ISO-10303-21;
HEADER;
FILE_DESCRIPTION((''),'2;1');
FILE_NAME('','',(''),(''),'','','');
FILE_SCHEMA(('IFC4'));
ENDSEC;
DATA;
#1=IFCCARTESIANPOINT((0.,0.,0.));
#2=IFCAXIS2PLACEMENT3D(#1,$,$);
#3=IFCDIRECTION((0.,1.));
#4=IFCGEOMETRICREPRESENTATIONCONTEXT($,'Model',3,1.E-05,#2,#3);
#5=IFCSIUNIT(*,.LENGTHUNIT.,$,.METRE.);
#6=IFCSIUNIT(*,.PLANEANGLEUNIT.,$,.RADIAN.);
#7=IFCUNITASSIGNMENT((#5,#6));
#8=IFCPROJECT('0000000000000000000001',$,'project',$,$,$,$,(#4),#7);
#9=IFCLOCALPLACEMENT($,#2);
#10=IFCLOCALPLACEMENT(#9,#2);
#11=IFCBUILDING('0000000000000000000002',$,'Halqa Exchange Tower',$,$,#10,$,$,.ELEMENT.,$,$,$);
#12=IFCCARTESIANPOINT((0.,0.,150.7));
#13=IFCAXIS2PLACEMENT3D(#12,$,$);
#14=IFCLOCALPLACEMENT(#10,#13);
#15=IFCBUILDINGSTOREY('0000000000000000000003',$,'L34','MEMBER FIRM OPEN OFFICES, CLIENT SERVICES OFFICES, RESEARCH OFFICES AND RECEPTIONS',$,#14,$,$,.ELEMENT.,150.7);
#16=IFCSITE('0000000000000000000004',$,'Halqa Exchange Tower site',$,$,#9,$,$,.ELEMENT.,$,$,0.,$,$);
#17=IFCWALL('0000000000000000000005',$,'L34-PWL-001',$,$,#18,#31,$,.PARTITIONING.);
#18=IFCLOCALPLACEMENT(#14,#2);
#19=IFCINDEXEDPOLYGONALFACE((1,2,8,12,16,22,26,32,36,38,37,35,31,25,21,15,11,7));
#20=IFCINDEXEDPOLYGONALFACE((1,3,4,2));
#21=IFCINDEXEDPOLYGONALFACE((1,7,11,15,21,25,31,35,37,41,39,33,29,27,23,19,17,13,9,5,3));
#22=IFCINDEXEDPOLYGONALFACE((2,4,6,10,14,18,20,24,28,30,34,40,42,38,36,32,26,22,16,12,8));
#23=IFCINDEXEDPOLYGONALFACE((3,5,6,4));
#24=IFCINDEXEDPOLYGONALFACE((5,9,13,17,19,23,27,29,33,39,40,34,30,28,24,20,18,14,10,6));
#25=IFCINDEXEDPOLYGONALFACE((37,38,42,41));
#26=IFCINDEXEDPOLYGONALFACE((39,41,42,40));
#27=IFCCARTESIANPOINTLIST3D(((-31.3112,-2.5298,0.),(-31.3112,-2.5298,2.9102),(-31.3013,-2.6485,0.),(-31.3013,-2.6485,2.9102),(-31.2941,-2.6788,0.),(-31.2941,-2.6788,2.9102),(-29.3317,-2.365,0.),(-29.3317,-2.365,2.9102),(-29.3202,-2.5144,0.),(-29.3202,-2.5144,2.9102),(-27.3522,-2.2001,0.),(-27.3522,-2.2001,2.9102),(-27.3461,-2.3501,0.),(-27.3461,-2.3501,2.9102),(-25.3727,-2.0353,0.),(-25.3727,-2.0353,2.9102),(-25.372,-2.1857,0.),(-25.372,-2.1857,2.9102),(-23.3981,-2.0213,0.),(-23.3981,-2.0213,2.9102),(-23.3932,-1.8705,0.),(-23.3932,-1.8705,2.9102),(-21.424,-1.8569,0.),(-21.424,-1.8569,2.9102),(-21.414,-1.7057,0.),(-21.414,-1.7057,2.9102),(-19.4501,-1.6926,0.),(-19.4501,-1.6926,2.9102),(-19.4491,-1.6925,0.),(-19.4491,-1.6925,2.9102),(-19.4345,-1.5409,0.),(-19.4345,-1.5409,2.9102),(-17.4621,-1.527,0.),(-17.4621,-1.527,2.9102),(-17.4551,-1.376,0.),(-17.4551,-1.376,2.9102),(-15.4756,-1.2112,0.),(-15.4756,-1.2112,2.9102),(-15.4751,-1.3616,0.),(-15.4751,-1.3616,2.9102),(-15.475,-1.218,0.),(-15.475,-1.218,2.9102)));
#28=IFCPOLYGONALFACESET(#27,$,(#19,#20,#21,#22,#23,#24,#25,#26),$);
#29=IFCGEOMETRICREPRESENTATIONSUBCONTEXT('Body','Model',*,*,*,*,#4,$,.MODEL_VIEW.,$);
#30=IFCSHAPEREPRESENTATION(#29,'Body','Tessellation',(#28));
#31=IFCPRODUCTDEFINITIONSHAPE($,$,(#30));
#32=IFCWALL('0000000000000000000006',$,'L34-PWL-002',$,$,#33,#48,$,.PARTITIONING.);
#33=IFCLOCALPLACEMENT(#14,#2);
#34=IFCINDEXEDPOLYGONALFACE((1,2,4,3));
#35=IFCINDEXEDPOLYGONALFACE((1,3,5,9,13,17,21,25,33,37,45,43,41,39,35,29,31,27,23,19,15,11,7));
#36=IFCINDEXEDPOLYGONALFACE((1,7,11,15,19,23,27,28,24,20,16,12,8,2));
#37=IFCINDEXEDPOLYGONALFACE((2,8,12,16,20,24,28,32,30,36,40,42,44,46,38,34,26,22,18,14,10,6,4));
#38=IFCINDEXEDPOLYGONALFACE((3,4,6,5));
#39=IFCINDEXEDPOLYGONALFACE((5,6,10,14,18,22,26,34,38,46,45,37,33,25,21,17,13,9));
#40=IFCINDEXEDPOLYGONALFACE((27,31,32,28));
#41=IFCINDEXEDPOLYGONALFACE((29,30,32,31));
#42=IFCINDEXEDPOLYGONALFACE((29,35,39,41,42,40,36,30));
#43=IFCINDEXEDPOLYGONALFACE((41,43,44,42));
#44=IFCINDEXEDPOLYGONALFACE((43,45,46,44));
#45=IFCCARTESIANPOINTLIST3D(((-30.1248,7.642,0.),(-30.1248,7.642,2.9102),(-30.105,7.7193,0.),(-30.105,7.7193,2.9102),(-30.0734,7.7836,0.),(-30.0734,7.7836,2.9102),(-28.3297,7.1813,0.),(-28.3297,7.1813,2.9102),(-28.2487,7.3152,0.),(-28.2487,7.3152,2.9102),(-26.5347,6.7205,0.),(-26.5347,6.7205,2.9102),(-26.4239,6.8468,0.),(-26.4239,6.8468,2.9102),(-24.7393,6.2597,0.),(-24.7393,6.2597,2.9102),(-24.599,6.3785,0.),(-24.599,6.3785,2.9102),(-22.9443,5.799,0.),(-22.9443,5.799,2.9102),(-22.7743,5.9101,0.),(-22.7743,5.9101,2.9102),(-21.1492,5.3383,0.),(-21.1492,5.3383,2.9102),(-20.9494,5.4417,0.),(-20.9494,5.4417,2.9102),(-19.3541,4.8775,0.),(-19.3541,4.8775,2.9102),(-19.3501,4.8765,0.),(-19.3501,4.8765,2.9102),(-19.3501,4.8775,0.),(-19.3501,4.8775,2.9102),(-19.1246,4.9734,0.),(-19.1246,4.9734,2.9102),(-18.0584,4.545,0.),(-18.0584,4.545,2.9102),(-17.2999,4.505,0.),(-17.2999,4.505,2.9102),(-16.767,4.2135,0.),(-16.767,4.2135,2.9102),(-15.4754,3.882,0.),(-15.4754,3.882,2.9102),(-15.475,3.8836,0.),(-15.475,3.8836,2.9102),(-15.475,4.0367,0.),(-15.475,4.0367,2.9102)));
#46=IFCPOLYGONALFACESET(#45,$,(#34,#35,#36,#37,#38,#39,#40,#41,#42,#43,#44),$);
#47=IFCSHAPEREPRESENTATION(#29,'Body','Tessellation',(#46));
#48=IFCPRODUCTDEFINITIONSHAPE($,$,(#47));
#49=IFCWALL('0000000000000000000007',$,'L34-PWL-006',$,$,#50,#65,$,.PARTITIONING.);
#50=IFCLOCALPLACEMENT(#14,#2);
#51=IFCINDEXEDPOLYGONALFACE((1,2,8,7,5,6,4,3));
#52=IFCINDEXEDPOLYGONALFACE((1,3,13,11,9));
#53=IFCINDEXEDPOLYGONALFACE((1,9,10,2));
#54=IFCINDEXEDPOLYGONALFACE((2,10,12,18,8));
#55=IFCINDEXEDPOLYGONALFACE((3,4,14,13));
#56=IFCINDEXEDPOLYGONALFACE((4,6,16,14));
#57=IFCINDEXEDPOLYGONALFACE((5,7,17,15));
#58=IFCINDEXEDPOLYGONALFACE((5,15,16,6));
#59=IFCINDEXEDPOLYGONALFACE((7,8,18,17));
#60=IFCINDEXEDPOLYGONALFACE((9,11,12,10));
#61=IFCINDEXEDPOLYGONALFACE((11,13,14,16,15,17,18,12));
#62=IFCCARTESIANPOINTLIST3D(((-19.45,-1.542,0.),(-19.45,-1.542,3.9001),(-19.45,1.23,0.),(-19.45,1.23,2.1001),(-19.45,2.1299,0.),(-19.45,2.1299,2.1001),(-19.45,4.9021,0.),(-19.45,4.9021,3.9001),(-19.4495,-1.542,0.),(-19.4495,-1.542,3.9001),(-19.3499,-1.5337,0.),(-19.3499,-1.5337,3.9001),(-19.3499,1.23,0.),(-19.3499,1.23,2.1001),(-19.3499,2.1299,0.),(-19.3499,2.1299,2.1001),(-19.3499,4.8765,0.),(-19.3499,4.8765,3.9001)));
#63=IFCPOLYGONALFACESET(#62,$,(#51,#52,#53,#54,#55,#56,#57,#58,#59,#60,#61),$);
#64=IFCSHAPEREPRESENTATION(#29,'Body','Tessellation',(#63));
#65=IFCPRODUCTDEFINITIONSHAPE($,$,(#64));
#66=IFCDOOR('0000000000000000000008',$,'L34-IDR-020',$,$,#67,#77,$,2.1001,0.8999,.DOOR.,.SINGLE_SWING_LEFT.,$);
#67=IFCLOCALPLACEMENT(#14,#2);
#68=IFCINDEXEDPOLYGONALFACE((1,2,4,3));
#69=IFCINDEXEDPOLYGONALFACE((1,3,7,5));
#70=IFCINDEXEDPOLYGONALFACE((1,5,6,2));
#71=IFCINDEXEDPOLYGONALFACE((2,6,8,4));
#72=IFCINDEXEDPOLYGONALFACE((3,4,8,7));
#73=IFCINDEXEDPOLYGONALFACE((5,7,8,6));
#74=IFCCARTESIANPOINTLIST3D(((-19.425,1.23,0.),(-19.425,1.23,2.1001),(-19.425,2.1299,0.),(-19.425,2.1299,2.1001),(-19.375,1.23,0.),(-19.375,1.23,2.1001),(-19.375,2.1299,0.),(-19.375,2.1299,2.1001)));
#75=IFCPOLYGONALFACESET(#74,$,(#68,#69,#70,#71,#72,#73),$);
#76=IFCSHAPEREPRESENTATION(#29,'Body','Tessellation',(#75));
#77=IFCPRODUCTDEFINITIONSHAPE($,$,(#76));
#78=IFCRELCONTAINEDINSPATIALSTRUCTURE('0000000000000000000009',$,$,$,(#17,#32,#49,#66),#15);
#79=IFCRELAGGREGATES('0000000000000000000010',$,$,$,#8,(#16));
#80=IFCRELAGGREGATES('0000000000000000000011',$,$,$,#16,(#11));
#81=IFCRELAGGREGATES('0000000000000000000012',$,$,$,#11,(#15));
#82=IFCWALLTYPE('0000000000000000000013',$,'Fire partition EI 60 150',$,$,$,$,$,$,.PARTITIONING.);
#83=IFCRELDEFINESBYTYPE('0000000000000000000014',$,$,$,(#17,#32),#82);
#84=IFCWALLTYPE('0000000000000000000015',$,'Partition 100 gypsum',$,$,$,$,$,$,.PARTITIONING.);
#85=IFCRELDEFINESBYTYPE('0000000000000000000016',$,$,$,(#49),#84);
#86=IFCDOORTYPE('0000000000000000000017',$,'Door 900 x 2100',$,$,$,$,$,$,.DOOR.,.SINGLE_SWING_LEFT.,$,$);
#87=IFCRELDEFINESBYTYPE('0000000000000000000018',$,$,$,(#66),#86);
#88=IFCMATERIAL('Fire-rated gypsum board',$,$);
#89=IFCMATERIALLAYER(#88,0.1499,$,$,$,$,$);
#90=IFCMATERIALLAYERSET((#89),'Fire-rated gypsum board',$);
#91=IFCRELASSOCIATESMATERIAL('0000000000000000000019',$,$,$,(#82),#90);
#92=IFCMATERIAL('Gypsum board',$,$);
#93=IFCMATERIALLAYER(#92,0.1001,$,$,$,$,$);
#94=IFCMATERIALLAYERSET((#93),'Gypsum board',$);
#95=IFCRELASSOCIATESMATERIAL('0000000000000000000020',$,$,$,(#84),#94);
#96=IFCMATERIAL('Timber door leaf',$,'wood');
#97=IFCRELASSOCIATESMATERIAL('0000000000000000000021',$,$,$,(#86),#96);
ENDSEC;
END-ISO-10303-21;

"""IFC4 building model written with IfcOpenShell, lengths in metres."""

from ifc_helpers import new_model, si_unit, direction, frame, frame_2d, origin, place, context, subcontext, project, spatial, polyline, rectangle, outline, extrude, material, layer, layer_set, type_object, element, fill, save


model = new_model("IFC4")

# Units and contexts
model_context = context("Model", 3, precision=1e-05, world=origin(), true_north=direction((0.0, 1.0)))
body_context = subcontext(model_context, "Body", "Model", "MODEL_VIEW")
ifc_project = project(units=[si_unit("LENGTHUNIT", "METRE"), si_unit("PLANEANGLEUNIT", "RADIAN")], contexts=[model_context])

# Site, building, storey
site_placement = place(None, origin())
site = spatial("IfcSite", under=ifc_project, at=site_placement, Name="Halqa Exchange Tower site", CompositionType="ELEMENT", RefElevation=0.0)
building_placement = place(site_placement, origin())
building = spatial("IfcBuilding", under=site, at=building_placement, Name="Halqa Exchange Tower", CompositionType="ELEMENT")
storey_placement = place(building_placement, frame((0.0, 0.0, 150.7)))
storey = spatial("IfcBuildingStorey", under=building, at=storey_placement, Name="L34", Description="MEMBER FIRM OPEN OFFICES, CLIENT SERVICES OFFICES, RESEARCH OFFICES AND RECEPTIONS", CompositionType="ELEMENT", Elevation=150.7)

# Walls
ifc_material_1 = material(Name="Fire-rated gypsum board")
ifc_layer_1 = layer(ifc_material_1, 0.1499)
ifc_layer_set_1 = layer_set([ifc_layer_1], Name="Fire-rated gypsum board")
wall_type_1 = type_object("IfcWallType", Name="Fire partition EI 60 150", PredefinedType="PARTITIONING", material=ifc_layer_set_1)
wall_1_placement = place(storey_placement, frame((-31.3049, -2.6045, 0.0), z_axis=(0.0, 0.0, 1.0), x_axis=(0.996551, 0.082981, 0.0)))
element("IfcWall", 1, at=wall_1_placement, inside=storey, type_object=wall_type_1, Name="L34-PWL-001", PredefinedType="PARTITIONING", context=body_context, shape_type="SweptSolid", body=[
    extrude(outline(polyline([(0.0046, -0.075), (1.9854, -0.075), (3.9663, -0.075), (5.9473, -0.075), (7.928, -0.075), (9.9089, -0.075), (11.8896, -0.075), (11.8896, -0.075), (11.8906, -0.075), (13.8845, -0.075), (15.8784, -0.075), (15.8904, 0.0681), (15.8904, 0.075), (13.9041, 0.075), (11.9177, 0.075), (9.9314, 0.075), (7.9453, 0.075), (5.959, 0.075), (3.9727, 0.075), (1.9863, 0.075), (0.0, 0.075), (0.0, -0.0442), (0.0046, -0.075)])), origin(), (0.0, 0.0, 1.0), 2.9102),
])
wall_2_placement = place(storey_placement, frame((-30.1062, 7.7146, 0.0), z_axis=(0.0, 0.0, 1.0), x_axis=(0.968604, -0.248608, 0.0)))
element("IfcWall", 2, at=wall_2_placement, inside=storey, type_object=wall_type_1, Name="L34-PWL-002", PredefinedType="PARTITIONING", context=body_context, shape_type="SweptSolid", body=[
    extrude(outline(polyline([(0.0, -0.075), (1.8533, -0.075), (3.7065, -0.075), (5.5601, -0.075), (7.4133, -0.075), (9.2666, -0.075), (11.1199, -0.075), (11.1238, -0.074), (11.124, -0.075), (12.4575, -0.075), (13.7908, -0.075), (15.1243, -0.075), (15.1243, -0.0732), (15.0862, 0.075), (13.2021, 0.075), (11.3184, 0.075), (9.4343, 0.075), (7.5503, 0.075), (5.6665, 0.075), (3.7825, 0.075), (1.8984, 0.075), (0.0146, 0.075), (0.0, 0.0049), (0.0, -0.075)])), origin(), (0.0, 0.0, 1.0), 2.9102),
])

# Wall, opening, door
ifc_material_2 = material(Name="Gypsum board")
ifc_layer_2 = layer(ifc_material_2, 0.1001)
ifc_layer_set_2 = layer_set([ifc_layer_2], Name="Gypsum board")
wall_type_2 = type_object("IfcWallType", Name="Partition 100 gypsum", PredefinedType="PARTITIONING", material=ifc_layer_set_2)
wall_3_placement = place(storey_placement, frame((-19.3999, -1.542, 0.0), z_axis=(0.0, 0.0, 1.0), x_axis=(0.0, 1.0, 0.0)))
wall_3 = element("IfcWall", 3, at=wall_3_placement, inside=storey, type_object=wall_type_2, Name="L34-PWL-006", PredefinedType="PARTITIONING", context=body_context, shape_type="SweptSolid", body=[
    extrude(outline(polyline([(0.0083, -0.05), (1.6108, -0.05), (3.2134, -0.05), (4.8159, -0.05), (6.4185, -0.05), (6.4441, 0.05), (4.833, 0.05), (3.2219, 0.05), (1.6111, 0.05), (0.0, 0.05), (0.0, 0.0496), (0.0083, -0.05)])), origin(), (0.0, 0.0, 1.0), 3.9001),
])
opening_1_placement = place(wall_3_placement, frame((2.772, 0.0, 0.0)))
opening_1 = element("IfcOpeningElement", 4, at=opening_1_placement, cuts=wall_3, PredefinedType="OPENING", context=body_context, shape_type="SweptSolid", body=[
    extrude(rectangle(XDim=0.8999, YDim=2.1001, at=frame_2d((0.45, 1.05))), frame((0.0, 0.062, 0.0), z_axis=(0.0, -1.0, 0.0), x_axis=(1.0, 0.0, 0.0)), (0.0, 0.0, 1.0), 0.124),
])
ifc_material_3 = material(Name="Timber door leaf", Category="wood")
door_type_1 = type_object("IfcDoorType", Name="Door 900 x 2100", OperationType="SINGLE_SWING_LEFT", PredefinedType="DOOR", material=ifc_material_3)
door_1_placement = place(opening_1_placement, frame((0.8999, 0.0, 0.0), z_axis=(0.0, 0.0, 1.0), x_axis=(-1.0, 0.0, 0.0)))
door_1 = element("IfcDoor", 5, at=door_1_placement, inside=storey, type_object=door_type_1, Name="L34-IDR-020", OperationType="SINGLE_SWING_LEFT", OverallHeight=2.1001, OverallWidth=0.8999, PredefinedType="DOOR", context=body_context, shape_type="SweptSolid", body=[
    extrude(rectangle(XDim=0.8999, YDim=2.1001, at=frame_2d((0.45, 1.05))), frame((0.0, 0.0249, 0.0), z_axis=(0.0, -1.0, 0.0), x_axis=(1.0, 0.0, 0.0)), (0.0, 0.0, 1.0), 0.05),
])
fill(opening_1, door_1)

save(model, "model.ifc")
